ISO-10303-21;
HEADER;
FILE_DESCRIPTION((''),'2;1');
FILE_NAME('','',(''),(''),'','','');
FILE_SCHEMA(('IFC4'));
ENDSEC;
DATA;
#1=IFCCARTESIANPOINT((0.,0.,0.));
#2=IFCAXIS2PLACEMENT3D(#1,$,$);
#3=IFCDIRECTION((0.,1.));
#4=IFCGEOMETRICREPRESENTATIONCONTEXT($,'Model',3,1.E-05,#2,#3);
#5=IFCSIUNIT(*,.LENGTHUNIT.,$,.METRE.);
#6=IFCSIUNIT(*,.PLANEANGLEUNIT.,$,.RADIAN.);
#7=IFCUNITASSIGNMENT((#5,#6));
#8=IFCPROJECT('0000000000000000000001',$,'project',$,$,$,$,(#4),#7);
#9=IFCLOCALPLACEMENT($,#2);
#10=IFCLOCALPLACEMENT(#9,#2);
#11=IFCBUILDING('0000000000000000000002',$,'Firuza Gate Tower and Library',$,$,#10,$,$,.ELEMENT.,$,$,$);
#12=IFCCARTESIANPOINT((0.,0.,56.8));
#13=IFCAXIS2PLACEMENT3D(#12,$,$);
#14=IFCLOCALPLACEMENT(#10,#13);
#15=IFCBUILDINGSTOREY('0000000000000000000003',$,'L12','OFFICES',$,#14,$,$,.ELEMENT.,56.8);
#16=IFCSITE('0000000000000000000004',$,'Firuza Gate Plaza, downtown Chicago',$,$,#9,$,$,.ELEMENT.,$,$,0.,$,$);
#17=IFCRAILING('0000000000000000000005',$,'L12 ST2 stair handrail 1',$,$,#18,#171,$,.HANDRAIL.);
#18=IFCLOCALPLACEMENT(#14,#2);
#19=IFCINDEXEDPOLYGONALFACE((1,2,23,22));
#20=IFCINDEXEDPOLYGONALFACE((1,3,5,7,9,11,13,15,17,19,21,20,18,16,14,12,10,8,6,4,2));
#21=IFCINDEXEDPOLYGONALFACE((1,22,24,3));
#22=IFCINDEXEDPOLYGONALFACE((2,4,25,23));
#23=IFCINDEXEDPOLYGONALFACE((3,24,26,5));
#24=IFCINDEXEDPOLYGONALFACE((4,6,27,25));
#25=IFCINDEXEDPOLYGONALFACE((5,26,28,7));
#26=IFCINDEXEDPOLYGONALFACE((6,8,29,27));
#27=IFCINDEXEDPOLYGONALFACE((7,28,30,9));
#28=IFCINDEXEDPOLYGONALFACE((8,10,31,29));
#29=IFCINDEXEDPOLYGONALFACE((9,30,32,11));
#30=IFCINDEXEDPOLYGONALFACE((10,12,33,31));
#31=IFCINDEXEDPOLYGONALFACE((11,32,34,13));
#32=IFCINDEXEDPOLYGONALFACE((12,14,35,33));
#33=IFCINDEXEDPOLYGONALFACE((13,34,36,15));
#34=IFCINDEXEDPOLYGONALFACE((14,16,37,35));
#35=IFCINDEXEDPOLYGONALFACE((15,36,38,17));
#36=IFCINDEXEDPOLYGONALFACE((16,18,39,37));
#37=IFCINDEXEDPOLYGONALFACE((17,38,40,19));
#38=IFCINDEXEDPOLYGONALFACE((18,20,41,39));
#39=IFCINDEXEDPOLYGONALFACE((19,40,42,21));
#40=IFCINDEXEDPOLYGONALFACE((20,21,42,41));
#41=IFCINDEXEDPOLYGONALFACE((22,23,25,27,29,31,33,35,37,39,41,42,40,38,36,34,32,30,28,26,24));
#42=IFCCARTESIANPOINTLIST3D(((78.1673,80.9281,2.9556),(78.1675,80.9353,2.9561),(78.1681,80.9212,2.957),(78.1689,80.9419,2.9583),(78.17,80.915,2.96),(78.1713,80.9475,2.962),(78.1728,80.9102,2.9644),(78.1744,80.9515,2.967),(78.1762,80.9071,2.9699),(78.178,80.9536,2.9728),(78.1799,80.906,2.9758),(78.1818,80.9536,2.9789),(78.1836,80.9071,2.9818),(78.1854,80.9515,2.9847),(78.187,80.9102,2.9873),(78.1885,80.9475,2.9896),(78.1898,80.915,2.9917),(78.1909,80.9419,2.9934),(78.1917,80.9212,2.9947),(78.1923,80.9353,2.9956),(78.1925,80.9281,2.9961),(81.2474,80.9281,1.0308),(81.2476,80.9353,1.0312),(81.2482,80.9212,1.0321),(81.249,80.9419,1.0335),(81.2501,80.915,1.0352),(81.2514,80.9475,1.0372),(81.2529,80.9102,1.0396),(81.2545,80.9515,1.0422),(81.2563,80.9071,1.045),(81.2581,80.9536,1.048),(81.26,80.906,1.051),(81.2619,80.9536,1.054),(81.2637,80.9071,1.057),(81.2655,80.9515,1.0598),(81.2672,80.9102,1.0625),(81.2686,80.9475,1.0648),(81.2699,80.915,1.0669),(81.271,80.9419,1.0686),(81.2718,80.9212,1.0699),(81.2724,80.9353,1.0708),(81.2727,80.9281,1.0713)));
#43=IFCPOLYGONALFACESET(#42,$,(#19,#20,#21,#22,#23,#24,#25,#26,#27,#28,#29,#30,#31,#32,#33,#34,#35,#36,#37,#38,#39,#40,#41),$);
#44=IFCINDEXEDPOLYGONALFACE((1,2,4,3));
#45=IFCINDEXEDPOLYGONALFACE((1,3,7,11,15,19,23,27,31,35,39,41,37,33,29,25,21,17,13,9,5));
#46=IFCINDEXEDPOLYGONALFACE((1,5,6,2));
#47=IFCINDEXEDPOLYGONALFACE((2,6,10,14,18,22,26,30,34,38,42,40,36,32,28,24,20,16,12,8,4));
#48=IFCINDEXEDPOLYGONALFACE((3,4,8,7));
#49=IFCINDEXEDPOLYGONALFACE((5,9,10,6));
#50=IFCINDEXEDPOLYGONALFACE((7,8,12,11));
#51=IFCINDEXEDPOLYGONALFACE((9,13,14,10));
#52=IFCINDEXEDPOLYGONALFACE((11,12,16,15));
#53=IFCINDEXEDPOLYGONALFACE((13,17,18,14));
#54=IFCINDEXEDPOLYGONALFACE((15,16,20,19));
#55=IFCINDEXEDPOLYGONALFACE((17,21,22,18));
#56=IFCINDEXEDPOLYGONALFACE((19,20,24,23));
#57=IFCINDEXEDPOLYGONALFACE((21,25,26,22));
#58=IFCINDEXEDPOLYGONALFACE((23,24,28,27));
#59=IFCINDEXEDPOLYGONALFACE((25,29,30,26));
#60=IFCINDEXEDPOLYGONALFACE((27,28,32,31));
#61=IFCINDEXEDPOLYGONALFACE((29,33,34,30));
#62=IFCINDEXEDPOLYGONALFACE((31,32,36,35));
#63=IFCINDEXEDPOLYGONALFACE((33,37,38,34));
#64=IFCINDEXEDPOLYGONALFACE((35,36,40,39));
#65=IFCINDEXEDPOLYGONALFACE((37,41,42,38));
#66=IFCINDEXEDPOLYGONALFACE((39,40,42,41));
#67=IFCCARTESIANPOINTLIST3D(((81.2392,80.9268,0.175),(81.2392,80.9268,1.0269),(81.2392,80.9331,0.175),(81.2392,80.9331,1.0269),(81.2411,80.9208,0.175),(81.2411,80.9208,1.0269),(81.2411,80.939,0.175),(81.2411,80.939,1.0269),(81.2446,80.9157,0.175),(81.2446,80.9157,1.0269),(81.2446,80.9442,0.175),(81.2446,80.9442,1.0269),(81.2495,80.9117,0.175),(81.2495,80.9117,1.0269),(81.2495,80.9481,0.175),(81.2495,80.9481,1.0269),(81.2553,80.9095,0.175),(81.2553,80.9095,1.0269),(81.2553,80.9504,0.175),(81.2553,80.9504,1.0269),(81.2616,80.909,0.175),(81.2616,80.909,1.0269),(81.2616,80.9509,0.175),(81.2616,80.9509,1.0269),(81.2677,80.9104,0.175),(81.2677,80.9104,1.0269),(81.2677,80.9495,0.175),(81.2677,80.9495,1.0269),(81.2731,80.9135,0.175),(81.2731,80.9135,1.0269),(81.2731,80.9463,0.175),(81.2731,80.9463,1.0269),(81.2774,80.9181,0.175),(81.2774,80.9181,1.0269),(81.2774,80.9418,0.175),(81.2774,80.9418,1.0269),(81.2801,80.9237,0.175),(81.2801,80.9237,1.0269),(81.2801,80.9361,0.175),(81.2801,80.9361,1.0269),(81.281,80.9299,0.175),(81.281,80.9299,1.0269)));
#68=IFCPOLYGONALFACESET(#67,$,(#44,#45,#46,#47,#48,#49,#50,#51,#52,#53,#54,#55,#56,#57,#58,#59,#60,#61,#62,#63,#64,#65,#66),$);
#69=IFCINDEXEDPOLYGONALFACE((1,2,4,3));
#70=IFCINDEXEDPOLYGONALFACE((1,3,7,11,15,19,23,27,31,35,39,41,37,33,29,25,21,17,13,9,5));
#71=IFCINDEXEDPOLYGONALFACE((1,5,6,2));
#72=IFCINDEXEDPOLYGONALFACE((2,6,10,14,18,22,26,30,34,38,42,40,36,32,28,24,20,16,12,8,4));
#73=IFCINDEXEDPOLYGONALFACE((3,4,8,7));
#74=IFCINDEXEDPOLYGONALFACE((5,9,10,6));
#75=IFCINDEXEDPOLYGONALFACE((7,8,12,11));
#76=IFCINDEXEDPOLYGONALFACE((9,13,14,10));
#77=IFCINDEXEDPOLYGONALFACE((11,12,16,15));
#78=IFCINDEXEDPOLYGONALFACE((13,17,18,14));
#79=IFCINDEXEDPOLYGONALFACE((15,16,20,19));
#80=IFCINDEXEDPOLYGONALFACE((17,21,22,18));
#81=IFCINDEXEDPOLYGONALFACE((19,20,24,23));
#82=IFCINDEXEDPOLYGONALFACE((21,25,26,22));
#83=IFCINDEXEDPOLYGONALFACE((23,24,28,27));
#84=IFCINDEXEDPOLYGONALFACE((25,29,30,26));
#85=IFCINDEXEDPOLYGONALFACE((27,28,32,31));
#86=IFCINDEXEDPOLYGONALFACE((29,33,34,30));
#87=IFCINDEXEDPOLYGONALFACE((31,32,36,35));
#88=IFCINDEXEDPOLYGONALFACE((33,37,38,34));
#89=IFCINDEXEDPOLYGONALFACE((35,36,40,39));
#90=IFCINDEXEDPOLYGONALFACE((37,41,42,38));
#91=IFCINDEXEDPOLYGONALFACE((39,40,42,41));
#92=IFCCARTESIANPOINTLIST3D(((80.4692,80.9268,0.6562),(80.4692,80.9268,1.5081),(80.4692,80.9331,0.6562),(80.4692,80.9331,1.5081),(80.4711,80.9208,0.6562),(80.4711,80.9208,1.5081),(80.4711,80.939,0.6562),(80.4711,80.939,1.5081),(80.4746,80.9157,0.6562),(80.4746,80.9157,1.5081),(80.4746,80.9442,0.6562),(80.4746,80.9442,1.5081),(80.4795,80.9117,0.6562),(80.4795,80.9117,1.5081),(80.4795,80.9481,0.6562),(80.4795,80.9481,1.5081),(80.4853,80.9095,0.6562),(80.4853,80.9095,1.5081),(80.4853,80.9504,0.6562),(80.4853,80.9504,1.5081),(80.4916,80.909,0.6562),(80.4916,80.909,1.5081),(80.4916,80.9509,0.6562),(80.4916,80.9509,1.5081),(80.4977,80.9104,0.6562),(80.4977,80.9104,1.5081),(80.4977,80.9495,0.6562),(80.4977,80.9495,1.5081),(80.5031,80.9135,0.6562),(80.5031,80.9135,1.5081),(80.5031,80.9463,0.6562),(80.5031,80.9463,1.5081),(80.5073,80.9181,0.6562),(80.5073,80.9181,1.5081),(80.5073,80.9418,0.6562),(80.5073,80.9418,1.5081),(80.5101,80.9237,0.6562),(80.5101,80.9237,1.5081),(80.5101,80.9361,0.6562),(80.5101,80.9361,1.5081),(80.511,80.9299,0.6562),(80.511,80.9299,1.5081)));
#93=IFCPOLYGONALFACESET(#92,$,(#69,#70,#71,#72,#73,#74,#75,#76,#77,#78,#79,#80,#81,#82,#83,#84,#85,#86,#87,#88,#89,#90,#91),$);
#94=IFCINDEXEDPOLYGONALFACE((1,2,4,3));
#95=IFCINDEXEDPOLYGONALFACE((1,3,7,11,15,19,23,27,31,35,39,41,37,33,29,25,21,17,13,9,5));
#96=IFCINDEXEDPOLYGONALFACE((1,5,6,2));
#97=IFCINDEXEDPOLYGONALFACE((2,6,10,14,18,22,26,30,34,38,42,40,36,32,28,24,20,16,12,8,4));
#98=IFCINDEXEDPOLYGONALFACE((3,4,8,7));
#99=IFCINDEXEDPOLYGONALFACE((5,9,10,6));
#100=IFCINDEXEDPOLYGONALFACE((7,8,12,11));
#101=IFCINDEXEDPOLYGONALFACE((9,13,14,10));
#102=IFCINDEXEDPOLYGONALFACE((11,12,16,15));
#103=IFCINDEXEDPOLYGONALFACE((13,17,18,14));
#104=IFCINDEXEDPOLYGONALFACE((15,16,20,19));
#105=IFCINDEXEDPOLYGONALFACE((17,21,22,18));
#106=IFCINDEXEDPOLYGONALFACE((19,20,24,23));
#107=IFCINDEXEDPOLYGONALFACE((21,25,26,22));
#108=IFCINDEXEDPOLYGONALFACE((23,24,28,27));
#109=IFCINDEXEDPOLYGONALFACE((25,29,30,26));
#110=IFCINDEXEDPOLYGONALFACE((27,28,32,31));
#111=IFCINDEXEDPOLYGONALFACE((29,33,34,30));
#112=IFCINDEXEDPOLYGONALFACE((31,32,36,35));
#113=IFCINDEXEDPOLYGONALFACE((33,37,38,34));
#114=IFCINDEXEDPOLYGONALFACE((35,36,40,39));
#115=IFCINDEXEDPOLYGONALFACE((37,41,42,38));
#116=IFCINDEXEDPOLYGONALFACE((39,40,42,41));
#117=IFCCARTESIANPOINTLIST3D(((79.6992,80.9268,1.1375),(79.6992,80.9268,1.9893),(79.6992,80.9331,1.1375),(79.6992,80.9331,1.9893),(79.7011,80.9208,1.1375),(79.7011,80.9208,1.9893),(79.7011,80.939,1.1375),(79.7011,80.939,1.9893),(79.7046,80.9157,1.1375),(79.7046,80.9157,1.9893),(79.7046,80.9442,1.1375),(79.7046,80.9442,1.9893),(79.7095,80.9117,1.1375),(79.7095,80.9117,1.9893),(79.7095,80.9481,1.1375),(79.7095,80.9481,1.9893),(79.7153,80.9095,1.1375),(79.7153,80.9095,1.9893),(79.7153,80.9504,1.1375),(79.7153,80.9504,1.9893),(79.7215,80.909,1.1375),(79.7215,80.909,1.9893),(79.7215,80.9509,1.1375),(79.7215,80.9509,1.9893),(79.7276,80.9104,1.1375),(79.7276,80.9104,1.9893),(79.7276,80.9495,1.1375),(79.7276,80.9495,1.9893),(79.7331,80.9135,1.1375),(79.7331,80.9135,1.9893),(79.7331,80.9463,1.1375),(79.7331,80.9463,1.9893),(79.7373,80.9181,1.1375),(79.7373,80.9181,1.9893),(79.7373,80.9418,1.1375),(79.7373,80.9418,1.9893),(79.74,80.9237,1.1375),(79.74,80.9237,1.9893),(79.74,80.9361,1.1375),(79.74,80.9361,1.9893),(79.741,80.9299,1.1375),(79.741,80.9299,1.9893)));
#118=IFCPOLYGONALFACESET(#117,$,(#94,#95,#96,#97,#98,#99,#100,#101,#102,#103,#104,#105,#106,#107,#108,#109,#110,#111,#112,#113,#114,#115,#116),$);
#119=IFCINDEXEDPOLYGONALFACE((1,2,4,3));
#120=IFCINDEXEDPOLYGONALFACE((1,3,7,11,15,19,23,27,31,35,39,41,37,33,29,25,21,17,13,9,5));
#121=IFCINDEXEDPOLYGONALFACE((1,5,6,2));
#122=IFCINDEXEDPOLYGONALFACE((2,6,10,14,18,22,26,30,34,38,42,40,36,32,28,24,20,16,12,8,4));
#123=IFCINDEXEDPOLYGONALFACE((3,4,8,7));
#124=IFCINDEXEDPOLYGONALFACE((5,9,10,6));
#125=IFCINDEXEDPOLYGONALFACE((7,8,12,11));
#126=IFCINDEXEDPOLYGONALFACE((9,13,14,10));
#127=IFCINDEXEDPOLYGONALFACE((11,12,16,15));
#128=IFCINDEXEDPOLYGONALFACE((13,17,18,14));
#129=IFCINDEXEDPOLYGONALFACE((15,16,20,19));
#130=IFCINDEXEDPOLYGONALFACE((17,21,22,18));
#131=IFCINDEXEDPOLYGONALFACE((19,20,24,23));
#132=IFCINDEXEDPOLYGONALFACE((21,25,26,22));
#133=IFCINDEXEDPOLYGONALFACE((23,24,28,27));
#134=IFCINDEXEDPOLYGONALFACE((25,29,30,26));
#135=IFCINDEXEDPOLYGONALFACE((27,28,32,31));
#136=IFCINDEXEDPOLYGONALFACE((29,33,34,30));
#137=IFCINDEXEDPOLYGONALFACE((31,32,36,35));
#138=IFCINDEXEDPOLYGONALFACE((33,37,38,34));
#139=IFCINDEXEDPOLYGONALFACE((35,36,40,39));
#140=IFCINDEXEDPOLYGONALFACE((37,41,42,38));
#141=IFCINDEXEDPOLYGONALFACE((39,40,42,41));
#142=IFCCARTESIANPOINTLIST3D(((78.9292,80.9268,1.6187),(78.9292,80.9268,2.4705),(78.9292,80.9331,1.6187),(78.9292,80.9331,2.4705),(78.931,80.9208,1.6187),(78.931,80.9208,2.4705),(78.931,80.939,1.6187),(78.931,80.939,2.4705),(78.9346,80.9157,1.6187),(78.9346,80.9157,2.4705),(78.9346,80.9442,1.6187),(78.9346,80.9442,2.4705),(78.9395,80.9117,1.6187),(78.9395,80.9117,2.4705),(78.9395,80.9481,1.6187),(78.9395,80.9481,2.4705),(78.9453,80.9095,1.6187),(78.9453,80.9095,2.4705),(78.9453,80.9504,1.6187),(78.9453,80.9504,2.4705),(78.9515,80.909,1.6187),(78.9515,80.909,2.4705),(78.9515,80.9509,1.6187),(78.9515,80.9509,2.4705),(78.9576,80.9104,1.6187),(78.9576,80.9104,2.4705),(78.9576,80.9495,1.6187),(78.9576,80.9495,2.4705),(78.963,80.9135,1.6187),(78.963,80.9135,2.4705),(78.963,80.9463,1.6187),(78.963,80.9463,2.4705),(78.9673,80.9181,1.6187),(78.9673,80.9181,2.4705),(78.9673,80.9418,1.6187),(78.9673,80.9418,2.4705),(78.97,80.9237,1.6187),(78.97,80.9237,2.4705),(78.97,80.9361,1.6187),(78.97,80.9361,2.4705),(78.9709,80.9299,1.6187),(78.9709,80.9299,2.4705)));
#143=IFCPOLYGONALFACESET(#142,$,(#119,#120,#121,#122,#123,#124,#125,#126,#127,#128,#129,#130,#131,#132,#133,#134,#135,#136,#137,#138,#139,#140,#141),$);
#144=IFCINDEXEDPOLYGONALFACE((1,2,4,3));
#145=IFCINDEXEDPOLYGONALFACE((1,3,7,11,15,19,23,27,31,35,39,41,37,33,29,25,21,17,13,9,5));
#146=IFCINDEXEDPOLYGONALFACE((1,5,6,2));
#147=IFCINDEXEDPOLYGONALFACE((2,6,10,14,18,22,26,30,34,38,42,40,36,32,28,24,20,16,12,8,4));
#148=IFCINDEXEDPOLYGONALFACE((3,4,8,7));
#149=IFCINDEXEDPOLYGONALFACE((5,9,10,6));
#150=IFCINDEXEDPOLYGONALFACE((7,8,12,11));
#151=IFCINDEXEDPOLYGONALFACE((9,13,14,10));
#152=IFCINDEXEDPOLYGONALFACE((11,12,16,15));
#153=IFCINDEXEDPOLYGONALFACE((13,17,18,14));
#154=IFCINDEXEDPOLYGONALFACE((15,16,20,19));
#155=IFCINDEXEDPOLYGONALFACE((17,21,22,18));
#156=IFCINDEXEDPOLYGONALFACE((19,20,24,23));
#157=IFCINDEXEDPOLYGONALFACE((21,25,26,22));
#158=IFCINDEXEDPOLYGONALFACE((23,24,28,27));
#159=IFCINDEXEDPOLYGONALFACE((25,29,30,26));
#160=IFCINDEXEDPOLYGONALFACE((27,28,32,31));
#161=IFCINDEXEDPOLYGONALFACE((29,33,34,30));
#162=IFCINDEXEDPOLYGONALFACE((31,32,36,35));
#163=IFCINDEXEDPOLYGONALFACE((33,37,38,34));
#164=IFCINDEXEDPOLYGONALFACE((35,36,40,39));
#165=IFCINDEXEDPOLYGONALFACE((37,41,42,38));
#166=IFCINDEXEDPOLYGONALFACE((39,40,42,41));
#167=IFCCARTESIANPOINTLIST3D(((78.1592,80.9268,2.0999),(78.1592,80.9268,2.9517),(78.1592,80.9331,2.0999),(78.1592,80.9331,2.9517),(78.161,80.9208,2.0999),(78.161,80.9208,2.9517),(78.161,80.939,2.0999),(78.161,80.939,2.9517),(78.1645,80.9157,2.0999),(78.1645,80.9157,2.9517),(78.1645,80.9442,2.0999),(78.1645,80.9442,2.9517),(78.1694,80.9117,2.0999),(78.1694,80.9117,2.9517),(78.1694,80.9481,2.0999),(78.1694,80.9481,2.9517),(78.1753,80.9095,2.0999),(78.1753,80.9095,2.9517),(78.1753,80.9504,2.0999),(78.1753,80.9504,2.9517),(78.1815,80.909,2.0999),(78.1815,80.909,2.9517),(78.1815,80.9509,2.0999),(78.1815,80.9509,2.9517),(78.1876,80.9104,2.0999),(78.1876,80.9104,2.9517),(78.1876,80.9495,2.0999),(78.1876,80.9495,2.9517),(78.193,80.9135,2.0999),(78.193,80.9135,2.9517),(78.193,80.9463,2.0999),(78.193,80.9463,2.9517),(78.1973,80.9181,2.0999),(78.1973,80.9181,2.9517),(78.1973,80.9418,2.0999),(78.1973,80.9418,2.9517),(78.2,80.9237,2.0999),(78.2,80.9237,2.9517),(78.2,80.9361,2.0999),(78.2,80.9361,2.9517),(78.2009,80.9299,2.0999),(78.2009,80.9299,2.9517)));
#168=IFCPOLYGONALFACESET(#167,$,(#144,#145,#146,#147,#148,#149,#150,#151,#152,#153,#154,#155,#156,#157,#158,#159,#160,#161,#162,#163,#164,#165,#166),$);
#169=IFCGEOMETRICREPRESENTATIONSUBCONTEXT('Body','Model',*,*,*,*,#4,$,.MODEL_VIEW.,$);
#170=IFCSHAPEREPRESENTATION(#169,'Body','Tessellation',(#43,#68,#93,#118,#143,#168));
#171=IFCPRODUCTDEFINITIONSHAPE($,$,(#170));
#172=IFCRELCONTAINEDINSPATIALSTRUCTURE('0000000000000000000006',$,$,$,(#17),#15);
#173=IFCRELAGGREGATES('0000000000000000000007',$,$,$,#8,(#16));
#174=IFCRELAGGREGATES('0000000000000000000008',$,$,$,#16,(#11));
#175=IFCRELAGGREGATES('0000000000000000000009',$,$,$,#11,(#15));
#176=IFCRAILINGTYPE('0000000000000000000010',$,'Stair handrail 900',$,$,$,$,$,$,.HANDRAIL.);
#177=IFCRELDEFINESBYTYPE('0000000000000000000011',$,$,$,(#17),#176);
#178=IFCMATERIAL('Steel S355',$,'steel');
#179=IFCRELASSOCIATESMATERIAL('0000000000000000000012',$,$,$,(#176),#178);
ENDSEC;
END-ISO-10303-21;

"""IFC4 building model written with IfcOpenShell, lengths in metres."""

from ifc_helpers import new_model, si_unit, direction, frame, origin, origin_2d, place, context, subcontext, project, spatial, circle, extrude, material, type_object, element, save


model = new_model("IFC4")

# Units and contexts
model_context = context("Model", 3, precision=1e-05, world=origin(), true_north=direction((0.0, 1.0)))
body_context = subcontext(model_context, "Body", "Model", "MODEL_VIEW")
ifc_project = project(units=[si_unit("LENGTHUNIT", "METRE"), si_unit("PLANEANGLEUNIT", "RADIAN")], contexts=[model_context])

# Site, building, storey
site_placement = place(None, origin())
site = spatial("IfcSite", under=ifc_project, at=site_placement, Name="Firuza Gate Plaza, downtown Chicago", CompositionType="ELEMENT", RefElevation=0.0)
building_placement = place(site_placement, origin())
building = spatial("IfcBuilding", under=site, at=building_placement, Name="Firuza Gate Tower and Library", CompositionType="ELEMENT")
storey_placement = place(building_placement, frame((0.0, 0.0, 56.8)))
storey = spatial("IfcBuildingStorey", under=building, at=storey_placement, Name="L12", Description="OFFICES", CompositionType="ELEMENT", Elevation=56.8)

# Railing
ifc_material_1 = material(Name="Steel S355", Category="steel")
railing_type_1 = type_object("IfcRailingType", Name="Stair handrail 900", PredefinedType="HANDRAIL", material=ifc_material_1)
railing_1_placement = place(storey_placement, frame((81.26, 80.9299, 0.175)))
element("IfcRailing", 1, at=railing_1_placement, inside=storey, type_object=railing_type_1, Name="L12 ST2 stair handrail 1", PredefinedType="HANDRAIL", context=body_context, shape_type="SweptSolid", body=[
    extrude(circle(Radius=0.0239, at=origin_2d()), frame((0.0, 0.0, 0.876), z_axis=(-0.848029, 0.0, 0.529951), x_axis=(0.0, -1.0, 0.0)), (0.0, 0.0, 1.0), 3.6321),
    extrude(circle(Radius=0.021, at=origin_2d()), origin(), (0.0, 0.0, 1.0), 0.8518),
    extrude(circle(Radius=0.021, at=origin_2d()), frame((-0.77, 0.0, 0.4812)), (0.0, 0.0, 1.0), 0.8518),
    extrude(circle(Radius=0.021, at=origin_2d()), frame((-1.54, 0.0, 0.9624)), (0.0, 0.0, 1.0), 0.8518),
    extrude(circle(Radius=0.021, at=origin_2d()), frame((-2.3101, 0.0, 1.4436)), (0.0, 0.0, 1.0), 0.8518),
    extrude(circle(Radius=0.021, at=origin_2d()), frame((-3.0801, 0.0, 1.9248)), (0.0, 0.0, 1.0), 0.8518),
])

save(model, "model.ifc")
